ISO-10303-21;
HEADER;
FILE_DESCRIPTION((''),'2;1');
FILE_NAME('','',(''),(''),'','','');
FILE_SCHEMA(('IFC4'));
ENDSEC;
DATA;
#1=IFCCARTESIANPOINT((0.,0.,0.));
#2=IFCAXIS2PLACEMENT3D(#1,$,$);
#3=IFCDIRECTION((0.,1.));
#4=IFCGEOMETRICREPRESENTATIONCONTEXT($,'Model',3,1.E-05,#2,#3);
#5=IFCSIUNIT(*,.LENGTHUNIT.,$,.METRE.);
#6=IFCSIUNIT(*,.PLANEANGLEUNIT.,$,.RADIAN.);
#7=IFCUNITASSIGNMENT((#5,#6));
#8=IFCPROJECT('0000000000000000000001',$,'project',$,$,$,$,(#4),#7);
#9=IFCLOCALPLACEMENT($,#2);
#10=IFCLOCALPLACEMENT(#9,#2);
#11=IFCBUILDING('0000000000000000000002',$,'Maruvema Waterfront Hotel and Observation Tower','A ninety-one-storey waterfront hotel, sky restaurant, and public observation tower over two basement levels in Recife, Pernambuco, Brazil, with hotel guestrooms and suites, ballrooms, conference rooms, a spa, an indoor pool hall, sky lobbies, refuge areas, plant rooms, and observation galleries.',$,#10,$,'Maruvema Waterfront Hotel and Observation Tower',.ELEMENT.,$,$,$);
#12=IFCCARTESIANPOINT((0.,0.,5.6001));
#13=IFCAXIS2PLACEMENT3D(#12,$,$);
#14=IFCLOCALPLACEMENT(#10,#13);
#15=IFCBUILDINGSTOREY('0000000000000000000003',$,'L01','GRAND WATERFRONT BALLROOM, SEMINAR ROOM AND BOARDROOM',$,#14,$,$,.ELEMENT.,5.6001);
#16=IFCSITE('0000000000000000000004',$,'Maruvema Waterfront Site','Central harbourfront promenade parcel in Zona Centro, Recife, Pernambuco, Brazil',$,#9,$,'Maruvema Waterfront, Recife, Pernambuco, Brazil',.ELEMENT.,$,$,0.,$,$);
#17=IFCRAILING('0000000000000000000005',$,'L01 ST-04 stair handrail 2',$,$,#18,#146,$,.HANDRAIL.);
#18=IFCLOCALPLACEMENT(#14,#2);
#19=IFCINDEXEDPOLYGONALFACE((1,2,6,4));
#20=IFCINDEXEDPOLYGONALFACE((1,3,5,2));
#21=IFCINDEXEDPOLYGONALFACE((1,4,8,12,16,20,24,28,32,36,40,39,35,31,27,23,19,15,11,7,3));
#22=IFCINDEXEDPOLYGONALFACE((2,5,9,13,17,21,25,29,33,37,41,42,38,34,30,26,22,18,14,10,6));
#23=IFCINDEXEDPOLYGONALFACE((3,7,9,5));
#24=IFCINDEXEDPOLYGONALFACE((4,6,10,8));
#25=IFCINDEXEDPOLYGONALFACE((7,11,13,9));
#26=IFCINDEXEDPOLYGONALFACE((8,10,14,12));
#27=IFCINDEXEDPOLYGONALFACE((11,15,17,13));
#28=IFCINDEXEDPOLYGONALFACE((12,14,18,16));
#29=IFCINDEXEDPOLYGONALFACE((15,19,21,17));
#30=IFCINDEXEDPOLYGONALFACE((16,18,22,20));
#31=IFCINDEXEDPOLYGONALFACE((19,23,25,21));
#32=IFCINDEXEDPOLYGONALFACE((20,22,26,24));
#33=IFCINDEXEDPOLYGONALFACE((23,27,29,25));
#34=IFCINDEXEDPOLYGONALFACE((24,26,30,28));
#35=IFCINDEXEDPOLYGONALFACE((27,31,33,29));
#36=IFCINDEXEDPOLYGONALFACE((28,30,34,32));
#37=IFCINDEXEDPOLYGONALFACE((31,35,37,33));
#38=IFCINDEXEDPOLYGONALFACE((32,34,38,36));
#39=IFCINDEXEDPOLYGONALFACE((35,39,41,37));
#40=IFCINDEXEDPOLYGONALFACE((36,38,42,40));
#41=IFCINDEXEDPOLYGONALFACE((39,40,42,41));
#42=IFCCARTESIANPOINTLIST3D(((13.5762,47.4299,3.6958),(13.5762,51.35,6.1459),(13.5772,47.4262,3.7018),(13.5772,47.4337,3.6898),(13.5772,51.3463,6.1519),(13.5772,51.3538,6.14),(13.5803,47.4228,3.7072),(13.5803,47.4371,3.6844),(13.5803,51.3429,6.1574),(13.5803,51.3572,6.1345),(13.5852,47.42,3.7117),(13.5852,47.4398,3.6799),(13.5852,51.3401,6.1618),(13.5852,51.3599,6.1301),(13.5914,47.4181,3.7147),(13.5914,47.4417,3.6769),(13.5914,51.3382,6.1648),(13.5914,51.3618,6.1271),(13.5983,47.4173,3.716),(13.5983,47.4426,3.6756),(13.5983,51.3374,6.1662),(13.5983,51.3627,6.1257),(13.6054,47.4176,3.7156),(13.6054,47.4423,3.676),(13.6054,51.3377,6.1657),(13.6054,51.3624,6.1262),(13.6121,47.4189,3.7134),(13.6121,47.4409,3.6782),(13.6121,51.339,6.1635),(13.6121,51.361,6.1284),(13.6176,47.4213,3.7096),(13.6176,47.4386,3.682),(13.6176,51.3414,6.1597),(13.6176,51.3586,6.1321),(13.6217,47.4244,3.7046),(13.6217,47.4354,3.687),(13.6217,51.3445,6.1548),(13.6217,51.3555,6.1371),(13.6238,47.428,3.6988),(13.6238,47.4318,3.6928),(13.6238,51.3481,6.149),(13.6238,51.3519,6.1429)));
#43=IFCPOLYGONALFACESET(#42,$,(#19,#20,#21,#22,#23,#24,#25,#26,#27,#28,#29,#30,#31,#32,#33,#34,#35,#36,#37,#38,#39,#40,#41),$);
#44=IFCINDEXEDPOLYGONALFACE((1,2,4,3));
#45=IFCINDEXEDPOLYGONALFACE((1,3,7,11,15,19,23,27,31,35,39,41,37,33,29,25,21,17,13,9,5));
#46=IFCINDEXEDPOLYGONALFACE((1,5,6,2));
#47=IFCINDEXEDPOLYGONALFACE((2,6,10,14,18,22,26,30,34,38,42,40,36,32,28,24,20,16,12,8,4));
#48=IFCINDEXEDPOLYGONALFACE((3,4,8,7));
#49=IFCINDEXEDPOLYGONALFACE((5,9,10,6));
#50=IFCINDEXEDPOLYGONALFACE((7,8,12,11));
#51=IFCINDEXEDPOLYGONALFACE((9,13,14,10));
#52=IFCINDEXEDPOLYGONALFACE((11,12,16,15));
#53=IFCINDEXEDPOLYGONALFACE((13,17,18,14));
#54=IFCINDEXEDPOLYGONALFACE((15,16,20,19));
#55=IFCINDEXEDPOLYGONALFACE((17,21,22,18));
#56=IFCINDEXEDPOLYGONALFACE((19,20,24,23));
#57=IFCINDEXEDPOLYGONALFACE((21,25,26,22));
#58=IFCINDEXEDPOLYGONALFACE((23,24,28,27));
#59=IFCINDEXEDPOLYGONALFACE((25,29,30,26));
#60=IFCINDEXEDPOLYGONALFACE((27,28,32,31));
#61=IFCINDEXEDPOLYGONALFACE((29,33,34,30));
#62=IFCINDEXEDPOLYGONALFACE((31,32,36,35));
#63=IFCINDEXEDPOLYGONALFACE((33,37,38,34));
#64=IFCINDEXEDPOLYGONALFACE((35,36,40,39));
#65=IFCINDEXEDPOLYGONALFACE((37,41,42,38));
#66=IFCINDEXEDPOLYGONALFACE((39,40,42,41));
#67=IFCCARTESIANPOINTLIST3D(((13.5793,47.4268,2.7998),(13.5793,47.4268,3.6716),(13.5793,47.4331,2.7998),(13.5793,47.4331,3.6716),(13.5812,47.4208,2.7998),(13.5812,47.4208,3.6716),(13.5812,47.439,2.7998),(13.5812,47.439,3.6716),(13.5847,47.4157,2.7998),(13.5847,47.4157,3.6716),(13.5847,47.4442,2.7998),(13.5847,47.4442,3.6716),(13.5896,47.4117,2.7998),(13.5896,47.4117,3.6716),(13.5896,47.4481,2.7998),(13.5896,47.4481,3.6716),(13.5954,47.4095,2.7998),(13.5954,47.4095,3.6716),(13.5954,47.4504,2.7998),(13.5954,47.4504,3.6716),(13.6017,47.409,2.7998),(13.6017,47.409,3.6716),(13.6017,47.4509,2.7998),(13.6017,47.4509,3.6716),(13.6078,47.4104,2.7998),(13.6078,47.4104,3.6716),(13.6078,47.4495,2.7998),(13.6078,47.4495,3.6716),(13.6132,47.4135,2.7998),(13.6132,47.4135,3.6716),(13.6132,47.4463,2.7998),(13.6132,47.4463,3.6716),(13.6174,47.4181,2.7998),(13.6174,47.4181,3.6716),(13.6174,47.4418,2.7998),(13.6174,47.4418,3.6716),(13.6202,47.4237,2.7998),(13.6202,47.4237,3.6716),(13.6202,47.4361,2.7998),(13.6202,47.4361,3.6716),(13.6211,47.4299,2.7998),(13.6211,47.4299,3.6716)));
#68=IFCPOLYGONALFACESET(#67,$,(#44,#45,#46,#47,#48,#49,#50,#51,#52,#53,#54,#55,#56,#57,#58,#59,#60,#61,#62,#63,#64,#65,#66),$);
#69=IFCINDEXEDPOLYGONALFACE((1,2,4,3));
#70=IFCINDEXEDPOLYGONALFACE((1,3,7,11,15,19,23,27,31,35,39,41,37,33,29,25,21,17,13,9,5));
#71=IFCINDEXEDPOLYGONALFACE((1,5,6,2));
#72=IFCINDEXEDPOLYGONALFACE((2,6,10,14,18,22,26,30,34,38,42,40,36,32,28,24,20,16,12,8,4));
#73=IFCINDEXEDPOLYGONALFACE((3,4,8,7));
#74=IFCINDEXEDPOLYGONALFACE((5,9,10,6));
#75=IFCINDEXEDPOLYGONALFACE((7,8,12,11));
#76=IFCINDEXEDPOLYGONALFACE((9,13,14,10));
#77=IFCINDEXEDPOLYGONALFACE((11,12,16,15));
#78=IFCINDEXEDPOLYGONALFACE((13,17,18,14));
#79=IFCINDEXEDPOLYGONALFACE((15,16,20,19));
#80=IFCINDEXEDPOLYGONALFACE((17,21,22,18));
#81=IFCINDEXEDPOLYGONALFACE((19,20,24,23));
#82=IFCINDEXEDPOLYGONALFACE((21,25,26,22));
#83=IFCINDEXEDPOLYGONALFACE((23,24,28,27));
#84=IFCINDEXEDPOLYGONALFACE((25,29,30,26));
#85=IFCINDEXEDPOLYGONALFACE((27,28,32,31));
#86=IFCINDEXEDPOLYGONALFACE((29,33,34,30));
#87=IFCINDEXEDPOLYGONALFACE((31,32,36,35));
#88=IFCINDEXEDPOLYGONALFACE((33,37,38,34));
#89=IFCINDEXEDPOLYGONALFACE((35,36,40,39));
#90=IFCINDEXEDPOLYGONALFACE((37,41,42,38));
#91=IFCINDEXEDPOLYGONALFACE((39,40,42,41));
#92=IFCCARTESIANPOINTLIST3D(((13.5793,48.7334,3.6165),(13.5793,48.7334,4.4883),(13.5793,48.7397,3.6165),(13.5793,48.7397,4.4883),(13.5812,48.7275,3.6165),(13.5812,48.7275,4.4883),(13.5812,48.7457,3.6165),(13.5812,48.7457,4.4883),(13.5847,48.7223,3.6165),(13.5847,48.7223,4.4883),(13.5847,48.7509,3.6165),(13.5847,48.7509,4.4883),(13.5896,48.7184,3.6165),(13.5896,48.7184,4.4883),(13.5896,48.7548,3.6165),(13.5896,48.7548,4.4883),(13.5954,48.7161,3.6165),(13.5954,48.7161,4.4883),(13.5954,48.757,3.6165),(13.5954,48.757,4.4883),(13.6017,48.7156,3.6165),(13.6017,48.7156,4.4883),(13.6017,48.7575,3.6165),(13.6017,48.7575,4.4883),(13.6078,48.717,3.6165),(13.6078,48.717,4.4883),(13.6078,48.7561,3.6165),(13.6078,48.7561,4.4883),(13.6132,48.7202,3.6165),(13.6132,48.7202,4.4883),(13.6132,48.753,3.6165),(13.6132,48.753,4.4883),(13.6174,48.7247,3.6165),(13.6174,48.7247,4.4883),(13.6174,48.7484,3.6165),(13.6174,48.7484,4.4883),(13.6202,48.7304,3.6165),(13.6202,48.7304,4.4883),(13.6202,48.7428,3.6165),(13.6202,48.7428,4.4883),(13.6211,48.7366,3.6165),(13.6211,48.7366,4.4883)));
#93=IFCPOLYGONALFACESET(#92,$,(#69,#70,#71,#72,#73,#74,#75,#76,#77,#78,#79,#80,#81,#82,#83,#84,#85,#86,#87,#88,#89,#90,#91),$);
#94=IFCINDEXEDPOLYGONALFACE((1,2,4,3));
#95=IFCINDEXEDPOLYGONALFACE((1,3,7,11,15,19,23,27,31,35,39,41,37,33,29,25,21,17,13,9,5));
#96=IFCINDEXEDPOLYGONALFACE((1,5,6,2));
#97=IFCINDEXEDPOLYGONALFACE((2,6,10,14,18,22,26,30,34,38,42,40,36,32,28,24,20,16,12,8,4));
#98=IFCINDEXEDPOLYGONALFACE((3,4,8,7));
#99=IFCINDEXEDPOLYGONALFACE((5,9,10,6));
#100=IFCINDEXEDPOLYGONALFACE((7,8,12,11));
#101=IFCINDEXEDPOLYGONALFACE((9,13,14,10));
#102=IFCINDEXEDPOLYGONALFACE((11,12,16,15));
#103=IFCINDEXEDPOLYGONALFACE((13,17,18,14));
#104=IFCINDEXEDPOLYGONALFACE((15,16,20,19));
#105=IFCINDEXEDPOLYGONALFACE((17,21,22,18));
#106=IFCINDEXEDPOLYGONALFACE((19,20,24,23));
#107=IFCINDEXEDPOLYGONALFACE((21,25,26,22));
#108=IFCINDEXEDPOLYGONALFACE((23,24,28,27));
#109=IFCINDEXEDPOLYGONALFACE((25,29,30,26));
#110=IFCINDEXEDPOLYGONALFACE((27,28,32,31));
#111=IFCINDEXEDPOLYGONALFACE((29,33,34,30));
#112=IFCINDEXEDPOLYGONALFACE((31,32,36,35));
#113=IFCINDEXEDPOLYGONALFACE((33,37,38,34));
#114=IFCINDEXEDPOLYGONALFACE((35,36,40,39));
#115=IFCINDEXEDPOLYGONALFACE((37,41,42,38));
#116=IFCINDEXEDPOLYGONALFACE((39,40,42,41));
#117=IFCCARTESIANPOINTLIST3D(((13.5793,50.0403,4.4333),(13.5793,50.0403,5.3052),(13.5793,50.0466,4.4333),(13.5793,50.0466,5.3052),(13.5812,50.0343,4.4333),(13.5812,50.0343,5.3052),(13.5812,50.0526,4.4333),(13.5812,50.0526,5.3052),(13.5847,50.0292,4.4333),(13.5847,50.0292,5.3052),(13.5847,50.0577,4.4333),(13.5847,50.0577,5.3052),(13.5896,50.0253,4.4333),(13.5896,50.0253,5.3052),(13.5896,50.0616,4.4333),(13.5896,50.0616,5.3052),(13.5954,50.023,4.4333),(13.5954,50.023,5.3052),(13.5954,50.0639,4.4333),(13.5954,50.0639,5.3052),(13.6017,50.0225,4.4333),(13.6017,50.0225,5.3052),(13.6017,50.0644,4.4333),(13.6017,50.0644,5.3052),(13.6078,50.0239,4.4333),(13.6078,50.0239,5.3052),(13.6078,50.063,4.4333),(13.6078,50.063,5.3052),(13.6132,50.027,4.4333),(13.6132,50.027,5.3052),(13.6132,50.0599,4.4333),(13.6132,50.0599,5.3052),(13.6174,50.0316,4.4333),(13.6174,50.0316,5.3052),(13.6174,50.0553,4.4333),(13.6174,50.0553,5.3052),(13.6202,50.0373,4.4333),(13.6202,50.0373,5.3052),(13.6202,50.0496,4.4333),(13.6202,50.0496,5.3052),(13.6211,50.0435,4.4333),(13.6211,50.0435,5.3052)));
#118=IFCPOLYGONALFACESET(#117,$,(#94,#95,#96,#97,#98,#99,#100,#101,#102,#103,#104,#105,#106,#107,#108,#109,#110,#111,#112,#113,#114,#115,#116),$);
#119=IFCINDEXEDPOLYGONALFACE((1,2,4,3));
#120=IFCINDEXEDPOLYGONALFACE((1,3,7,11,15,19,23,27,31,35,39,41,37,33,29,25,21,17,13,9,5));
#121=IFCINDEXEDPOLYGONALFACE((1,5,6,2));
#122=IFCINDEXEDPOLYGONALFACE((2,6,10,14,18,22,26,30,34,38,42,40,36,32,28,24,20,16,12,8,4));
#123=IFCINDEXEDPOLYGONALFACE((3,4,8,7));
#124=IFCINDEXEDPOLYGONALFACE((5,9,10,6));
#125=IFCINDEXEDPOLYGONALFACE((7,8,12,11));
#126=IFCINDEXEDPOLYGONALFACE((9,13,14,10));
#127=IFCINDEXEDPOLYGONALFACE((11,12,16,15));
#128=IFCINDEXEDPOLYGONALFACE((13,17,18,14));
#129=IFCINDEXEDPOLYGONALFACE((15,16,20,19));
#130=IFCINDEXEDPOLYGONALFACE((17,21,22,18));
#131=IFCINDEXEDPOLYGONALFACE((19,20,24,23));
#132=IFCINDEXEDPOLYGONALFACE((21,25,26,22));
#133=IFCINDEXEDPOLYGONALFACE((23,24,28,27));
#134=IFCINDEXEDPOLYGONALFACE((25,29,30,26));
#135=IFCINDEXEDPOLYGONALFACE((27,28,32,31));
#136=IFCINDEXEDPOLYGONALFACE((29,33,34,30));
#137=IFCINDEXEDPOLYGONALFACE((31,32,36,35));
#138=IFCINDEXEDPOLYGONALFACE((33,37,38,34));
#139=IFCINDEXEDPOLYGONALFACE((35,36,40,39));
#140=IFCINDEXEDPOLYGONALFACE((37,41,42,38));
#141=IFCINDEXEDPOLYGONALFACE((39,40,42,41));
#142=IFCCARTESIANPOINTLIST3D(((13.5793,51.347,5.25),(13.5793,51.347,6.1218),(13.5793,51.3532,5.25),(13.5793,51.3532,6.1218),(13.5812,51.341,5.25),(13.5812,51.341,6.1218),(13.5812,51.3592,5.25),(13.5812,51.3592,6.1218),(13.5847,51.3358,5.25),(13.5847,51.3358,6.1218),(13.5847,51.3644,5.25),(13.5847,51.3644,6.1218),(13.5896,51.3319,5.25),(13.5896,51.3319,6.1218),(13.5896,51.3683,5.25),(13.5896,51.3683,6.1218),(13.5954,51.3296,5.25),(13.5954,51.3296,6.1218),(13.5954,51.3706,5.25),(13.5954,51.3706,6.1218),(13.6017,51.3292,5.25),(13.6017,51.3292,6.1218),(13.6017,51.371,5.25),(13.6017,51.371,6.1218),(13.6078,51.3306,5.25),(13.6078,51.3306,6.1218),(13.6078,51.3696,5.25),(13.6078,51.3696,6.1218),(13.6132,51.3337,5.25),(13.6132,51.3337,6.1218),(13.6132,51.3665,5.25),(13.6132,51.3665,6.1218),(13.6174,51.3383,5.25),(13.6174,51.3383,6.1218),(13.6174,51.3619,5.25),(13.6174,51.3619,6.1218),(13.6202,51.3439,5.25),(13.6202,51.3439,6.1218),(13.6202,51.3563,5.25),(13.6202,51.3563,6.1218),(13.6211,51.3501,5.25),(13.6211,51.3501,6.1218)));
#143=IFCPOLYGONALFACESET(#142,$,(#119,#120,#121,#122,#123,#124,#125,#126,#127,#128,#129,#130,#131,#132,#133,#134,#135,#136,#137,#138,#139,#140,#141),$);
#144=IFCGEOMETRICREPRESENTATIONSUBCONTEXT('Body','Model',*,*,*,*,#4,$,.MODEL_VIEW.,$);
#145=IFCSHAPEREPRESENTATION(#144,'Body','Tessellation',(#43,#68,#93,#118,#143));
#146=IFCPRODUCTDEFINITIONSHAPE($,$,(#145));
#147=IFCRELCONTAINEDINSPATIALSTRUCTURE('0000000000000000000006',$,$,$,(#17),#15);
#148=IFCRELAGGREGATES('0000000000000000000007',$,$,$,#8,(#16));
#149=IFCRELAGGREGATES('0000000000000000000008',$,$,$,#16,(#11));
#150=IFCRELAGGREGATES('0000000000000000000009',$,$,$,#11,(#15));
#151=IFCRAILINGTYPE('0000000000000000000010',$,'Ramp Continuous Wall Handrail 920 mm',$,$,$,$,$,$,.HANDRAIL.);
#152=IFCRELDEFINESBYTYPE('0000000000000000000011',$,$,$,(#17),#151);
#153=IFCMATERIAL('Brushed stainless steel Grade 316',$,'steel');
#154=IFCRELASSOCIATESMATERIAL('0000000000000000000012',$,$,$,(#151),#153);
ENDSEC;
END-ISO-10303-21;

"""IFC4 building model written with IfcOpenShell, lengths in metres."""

from ifc_helpers import new_model, si_unit, direction, frame, origin, origin_2d, place, context, subcontext, project, spatial, circle, extrude, material, type_object, element, save


model = new_model("IFC4")

# Units and contexts
model_context = context("Model", 3, precision=1e-05, world=origin(), true_north=direction((0.0, 1.0)))
body_context = subcontext(model_context, "Body", "Model", "MODEL_VIEW")
ifc_project = project(units=[si_unit("LENGTHUNIT", "METRE"), si_unit("PLANEANGLEUNIT", "RADIAN")], contexts=[model_context])

# Site, building, storey
site_placement = place(None, origin())
site = spatial("IfcSite", under=ifc_project, at=site_placement, Name="Maruvema Waterfront Site", Description="Central harbourfront promenade parcel in Zona Centro, Recife, Pernambuco, Brazil", LongName="Maruvema Waterfront, Recife, Pernambuco, Brazil", CompositionType="ELEMENT", RefElevation=0.0)
building_placement = place(site_placement, origin())
building = spatial("IfcBuilding", under=site, at=building_placement, Name="Maruvema Waterfront Hotel and Observation Tower", Description="A ninety-one-storey waterfront hotel, sky restaurant, and public observation tower over two basement levels in Recife, Pernambuco, Brazil, with hotel guestrooms and suites, ballrooms, conference rooms, a spa, an indoor pool hall, sky lobbies, refuge areas, plant rooms, and observation galleries.", LongName="Maruvema Waterfront Hotel and Observation Tower", CompositionType="ELEMENT")
storey_placement = place(building_placement, frame((0.0, 0.0, 5.6001)))
storey = spatial("IfcBuildingStorey", under=building, at=storey_placement, Name="L01", Description="GRAND WATERFRONT BALLROOM, SEMINAR ROOM AND BOARDROOM", CompositionType="ELEMENT", Elevation=5.6001)

# Railing
ifc_material_1 = material(Name="Brushed stainless steel Grade 316", Category="steel")
railing_type_1 = type_object("IfcRailingType", Name="Ramp Continuous Wall Handrail 920 mm", PredefinedType="HANDRAIL", material=ifc_material_1)
railing_1_placement = place(storey_placement, frame((13.6001, 47.4299, 2.7998)))
element("IfcRailing", 1, at=railing_1_placement, inside=storey, type_object=railing_type_1, Name="L01 ST-04 stair handrail 2", PredefinedType="HANDRAIL", context=body_context, shape_type="SweptSolid", body=[
    extrude(circle(Radius=0.0239, at=origin_2d()), frame((0.0, 0.0, 0.896), z_axis=(0.0, 0.847989, 0.530013), x_axis=(-1.0, 0.0, 0.0)), (0.0, 0.0, 1.0), 4.6228),
    extrude(circle(Radius=0.021, at=origin_2d()), origin(), (0.0, 0.0, 1.0), 0.8718),
    extrude(circle(Radius=0.021, at=origin_2d()), frame((0.0, 1.3066, 0.8167)), (0.0, 0.0, 1.0), 0.8718),
    extrude(circle(Radius=0.021, at=origin_2d()), frame((0.0, 2.6135, 1.6335)), (0.0, 0.0, 1.0), 0.8718),
    extrude(circle(Radius=0.021, at=origin_2d()), frame((0.0, 3.9202, 2.4502)), (0.0, 0.0, 1.0), 0.8718),
])

save(model, "model.ifc")
